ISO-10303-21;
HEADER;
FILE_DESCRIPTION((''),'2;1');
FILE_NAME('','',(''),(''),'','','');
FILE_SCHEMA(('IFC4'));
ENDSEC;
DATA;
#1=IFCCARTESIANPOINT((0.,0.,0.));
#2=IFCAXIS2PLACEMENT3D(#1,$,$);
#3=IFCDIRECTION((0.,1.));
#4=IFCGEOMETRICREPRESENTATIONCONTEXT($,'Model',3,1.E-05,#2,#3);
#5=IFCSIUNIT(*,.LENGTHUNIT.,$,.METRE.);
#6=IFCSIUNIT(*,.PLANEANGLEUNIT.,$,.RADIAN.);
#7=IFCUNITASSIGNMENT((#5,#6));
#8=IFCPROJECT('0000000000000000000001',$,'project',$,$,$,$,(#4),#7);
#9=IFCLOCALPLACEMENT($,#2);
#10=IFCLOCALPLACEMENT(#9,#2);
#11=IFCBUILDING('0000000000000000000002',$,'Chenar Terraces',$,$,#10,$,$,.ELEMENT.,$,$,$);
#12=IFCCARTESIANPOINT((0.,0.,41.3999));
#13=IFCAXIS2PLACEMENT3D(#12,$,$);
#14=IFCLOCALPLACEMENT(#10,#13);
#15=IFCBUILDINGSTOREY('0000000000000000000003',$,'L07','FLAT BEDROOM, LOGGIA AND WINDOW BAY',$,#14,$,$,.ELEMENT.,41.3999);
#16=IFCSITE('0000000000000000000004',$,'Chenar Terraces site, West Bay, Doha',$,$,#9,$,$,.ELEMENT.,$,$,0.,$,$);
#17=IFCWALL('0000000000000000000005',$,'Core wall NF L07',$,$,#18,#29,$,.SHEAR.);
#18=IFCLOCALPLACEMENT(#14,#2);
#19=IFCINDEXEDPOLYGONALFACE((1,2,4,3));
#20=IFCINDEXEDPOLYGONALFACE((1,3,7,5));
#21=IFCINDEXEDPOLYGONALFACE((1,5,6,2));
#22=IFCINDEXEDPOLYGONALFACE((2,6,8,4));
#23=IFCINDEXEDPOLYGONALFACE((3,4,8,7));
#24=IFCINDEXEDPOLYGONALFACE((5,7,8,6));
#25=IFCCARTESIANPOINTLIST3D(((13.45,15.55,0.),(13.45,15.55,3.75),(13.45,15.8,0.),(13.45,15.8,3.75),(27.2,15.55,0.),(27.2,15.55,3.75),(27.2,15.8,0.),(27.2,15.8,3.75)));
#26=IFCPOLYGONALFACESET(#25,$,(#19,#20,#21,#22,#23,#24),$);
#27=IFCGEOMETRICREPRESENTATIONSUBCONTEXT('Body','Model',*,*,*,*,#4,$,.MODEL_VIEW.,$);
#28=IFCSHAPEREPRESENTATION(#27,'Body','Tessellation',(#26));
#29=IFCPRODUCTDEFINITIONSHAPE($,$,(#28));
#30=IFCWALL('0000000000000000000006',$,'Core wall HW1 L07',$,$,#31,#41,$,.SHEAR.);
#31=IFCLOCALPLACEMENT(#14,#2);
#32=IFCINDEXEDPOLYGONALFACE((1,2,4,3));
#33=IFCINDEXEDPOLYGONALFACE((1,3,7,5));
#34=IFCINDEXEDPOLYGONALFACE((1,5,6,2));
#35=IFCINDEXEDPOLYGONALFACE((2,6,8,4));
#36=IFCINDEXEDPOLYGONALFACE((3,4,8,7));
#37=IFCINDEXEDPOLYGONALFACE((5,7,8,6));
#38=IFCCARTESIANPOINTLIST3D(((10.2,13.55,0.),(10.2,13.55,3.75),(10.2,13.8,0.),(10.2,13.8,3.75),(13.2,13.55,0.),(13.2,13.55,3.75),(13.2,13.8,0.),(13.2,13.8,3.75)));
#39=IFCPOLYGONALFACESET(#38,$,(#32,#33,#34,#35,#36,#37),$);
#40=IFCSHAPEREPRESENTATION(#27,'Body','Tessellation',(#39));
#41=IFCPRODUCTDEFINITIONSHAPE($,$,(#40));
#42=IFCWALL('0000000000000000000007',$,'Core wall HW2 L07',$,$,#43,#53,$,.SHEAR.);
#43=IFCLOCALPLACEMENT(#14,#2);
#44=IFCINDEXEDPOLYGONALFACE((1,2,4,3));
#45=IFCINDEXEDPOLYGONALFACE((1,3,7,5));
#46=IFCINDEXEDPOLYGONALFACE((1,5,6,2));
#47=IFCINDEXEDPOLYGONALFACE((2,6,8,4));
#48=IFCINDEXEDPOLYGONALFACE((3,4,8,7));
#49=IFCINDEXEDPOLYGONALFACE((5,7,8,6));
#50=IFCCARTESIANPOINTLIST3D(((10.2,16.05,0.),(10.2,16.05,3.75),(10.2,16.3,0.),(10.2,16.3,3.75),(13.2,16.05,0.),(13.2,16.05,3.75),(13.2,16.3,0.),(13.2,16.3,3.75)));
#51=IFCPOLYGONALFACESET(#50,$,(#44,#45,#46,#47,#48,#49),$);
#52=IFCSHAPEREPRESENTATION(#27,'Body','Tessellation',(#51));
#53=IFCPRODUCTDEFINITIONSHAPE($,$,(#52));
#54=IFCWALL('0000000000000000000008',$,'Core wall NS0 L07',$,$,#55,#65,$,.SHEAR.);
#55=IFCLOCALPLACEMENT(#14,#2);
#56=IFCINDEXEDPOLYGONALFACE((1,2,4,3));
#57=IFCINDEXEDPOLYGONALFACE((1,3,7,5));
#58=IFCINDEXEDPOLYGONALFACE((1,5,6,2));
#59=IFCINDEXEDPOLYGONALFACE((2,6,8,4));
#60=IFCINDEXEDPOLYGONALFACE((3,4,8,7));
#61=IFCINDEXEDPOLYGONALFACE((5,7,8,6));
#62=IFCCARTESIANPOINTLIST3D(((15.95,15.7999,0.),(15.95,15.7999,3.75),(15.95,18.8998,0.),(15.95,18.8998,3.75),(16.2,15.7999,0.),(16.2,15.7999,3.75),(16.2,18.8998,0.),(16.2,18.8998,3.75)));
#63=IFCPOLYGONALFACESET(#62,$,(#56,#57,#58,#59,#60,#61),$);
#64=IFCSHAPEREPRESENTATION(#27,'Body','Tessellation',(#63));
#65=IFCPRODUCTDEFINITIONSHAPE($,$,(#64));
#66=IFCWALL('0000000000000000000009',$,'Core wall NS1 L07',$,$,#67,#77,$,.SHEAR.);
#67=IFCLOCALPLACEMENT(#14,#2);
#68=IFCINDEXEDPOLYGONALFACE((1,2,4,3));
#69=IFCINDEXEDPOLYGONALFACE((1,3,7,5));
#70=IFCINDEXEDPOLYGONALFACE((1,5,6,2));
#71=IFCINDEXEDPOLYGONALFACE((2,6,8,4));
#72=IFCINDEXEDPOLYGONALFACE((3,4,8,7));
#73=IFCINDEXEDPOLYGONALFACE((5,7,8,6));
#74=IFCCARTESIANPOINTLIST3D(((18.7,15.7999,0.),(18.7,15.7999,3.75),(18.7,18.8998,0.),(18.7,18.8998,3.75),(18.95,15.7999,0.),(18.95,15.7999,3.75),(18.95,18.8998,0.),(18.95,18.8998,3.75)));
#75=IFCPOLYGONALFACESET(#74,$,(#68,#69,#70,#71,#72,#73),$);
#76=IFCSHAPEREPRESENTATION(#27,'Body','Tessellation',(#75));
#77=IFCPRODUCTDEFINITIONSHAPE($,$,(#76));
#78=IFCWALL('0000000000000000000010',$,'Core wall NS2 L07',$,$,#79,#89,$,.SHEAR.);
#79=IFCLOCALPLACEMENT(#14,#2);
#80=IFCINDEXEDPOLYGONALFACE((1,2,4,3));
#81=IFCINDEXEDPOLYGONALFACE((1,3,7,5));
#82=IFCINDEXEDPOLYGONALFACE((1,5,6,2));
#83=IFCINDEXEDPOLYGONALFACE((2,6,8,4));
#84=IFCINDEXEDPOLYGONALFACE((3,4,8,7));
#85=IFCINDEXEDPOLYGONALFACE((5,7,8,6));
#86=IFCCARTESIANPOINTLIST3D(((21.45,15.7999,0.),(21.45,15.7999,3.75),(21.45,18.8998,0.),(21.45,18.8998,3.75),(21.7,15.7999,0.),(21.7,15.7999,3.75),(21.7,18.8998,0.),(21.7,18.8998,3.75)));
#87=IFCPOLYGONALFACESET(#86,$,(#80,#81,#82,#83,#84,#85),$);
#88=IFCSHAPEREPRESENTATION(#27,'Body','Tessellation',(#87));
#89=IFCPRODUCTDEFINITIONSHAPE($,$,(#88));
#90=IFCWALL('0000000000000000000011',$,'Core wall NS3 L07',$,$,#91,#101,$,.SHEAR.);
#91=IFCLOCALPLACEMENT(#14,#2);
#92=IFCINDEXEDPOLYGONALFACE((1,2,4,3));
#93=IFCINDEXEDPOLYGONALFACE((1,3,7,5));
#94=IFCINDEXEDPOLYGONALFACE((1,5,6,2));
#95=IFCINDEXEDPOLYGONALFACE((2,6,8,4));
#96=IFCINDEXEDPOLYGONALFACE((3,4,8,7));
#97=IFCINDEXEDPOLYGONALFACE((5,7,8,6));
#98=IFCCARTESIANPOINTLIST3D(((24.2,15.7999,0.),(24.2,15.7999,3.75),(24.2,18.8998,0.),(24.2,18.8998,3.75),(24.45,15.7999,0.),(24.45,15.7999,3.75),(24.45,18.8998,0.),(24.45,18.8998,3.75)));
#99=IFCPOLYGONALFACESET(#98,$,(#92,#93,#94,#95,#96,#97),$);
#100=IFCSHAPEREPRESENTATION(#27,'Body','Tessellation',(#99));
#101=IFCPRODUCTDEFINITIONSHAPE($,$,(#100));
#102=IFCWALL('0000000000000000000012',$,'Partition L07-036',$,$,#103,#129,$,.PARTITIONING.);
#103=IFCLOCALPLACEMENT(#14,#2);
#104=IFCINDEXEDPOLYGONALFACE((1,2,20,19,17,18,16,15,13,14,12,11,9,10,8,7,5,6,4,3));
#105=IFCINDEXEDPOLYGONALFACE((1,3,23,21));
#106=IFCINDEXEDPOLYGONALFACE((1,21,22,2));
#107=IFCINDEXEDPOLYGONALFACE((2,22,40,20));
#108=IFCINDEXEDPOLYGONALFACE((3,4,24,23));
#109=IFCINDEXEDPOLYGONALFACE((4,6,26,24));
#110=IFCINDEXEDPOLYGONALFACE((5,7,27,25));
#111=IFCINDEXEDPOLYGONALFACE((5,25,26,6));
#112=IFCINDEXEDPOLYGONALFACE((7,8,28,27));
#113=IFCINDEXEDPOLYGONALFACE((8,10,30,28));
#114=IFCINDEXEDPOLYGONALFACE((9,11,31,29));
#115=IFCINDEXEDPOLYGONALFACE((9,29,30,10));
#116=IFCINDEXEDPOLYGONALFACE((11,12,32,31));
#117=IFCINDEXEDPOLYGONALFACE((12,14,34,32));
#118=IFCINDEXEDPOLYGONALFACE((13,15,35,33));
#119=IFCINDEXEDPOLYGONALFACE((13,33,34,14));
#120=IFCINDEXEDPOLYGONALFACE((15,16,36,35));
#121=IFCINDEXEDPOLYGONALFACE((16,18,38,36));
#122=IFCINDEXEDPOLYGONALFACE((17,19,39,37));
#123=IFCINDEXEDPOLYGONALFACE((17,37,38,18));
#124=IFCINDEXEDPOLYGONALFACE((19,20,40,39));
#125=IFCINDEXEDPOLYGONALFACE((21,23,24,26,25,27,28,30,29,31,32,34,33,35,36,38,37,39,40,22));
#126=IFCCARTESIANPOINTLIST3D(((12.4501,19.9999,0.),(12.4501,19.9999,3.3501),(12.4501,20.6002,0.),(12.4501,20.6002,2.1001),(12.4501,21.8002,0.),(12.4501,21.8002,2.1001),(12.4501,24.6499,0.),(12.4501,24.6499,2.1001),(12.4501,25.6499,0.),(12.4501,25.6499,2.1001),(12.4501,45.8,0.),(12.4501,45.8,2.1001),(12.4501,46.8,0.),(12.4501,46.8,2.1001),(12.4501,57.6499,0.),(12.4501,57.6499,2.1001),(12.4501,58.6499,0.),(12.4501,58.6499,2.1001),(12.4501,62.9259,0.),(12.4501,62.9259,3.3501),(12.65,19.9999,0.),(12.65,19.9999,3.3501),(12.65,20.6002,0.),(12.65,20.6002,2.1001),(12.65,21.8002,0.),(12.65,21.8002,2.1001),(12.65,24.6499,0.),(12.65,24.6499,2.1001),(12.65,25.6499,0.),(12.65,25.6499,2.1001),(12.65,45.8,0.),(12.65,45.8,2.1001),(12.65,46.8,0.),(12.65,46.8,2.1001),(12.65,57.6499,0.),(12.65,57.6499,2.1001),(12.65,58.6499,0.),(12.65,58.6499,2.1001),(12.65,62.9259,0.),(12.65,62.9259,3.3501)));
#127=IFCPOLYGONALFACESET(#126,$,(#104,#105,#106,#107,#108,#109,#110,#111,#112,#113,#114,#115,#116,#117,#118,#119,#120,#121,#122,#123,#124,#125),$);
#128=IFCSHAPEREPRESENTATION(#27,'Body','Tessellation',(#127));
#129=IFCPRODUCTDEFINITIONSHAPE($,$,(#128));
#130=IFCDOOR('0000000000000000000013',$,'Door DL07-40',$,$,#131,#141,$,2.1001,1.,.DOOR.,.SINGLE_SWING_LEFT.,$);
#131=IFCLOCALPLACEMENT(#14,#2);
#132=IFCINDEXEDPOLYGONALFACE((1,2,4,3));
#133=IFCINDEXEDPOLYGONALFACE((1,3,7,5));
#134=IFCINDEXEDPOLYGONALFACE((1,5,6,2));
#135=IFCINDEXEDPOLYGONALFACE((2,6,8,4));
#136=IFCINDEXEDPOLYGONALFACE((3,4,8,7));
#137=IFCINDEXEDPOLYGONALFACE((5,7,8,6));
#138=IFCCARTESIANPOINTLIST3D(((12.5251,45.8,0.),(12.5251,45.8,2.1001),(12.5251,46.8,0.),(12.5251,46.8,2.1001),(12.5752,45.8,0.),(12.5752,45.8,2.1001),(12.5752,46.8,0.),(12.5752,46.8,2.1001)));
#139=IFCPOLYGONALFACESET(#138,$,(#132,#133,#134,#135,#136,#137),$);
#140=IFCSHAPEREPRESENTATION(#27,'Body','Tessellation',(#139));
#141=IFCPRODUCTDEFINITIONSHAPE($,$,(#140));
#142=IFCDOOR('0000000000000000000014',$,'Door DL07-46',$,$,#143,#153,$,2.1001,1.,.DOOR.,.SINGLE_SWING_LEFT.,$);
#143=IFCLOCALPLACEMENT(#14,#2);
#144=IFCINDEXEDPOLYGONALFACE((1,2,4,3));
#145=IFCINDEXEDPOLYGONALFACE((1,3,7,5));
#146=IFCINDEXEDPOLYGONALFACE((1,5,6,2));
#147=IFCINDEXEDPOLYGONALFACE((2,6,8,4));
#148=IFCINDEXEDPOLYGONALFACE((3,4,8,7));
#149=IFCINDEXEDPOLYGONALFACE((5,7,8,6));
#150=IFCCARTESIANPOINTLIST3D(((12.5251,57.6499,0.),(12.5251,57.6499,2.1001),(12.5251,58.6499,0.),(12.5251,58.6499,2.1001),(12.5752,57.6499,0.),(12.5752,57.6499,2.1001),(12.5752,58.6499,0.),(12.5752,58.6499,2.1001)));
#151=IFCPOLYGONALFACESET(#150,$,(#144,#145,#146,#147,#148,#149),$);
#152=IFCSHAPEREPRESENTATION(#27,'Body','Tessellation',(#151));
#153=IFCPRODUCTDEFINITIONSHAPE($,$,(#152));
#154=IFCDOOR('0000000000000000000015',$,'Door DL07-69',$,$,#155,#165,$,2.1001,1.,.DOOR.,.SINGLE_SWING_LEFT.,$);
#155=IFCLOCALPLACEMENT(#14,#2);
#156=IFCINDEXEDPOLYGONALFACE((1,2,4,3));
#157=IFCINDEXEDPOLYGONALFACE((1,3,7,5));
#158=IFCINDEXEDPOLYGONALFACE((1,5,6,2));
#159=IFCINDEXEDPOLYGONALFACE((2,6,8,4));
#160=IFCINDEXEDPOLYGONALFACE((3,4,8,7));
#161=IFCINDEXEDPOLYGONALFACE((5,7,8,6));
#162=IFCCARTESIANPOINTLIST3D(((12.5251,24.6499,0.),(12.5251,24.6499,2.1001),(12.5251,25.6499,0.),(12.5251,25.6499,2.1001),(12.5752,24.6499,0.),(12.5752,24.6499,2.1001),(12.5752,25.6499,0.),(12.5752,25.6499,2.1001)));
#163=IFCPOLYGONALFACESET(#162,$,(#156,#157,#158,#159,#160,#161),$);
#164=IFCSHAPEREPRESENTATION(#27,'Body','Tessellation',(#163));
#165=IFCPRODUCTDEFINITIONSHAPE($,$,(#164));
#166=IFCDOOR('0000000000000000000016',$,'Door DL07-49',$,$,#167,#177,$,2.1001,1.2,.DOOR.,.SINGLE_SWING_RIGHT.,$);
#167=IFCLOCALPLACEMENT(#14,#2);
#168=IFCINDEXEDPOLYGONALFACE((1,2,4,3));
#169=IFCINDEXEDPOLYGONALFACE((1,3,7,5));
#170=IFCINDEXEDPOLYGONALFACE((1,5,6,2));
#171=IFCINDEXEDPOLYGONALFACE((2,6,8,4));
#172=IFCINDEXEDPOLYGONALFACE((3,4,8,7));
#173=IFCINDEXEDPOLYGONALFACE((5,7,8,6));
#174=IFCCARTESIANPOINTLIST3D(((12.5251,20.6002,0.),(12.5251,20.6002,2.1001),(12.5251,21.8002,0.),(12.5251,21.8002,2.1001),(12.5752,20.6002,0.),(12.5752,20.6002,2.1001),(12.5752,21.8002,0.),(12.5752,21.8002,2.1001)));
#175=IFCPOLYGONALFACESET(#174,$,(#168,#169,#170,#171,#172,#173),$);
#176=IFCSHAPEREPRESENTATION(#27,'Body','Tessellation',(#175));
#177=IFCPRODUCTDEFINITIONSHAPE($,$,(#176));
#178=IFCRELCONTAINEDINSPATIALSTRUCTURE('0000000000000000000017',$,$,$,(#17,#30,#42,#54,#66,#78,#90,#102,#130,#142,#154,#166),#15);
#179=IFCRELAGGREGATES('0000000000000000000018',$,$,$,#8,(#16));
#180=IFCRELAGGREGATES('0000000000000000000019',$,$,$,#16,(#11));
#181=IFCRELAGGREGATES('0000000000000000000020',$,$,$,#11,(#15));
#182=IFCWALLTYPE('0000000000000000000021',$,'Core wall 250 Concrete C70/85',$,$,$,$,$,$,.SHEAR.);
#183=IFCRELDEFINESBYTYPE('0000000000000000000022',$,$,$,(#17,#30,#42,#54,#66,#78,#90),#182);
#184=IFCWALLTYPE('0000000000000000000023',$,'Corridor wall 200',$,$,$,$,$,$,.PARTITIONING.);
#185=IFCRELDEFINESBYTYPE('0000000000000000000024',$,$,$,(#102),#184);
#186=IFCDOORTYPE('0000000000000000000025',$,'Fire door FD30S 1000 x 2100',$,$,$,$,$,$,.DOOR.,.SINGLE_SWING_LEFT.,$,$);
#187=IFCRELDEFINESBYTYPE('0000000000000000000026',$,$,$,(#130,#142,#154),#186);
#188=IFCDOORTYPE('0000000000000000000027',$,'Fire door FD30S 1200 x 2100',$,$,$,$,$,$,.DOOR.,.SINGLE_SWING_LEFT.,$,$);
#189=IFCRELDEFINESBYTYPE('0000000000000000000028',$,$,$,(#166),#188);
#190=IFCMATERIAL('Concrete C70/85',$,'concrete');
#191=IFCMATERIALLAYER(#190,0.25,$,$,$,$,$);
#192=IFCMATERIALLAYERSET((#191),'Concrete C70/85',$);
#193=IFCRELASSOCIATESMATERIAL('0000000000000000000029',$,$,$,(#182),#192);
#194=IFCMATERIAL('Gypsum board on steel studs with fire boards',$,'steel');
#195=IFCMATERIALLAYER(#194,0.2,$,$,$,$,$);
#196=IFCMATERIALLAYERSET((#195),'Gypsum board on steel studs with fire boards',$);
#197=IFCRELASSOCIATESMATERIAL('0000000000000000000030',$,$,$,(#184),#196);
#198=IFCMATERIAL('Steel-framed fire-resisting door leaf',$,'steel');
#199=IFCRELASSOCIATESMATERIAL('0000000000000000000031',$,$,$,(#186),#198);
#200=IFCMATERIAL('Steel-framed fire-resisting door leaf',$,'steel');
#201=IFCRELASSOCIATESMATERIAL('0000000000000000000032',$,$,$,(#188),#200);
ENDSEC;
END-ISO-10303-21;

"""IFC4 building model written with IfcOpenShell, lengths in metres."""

from ifc_helpers import new_model, si_unit, direction, frame, frame_2d, origin, place, context, subcontext, project, spatial, rectangle, extrude, material, layer, layer_set, type_object, element, fill, save


model = new_model("IFC4")

# Units and contexts
model_context = context("Model", 3, precision=1e-05, world=origin(), true_north=direction((0.0, 1.0)))
body_context = subcontext(model_context, "Body", "Model", "MODEL_VIEW")
ifc_project = project(units=[si_unit("LENGTHUNIT", "METRE"), si_unit("PLANEANGLEUNIT", "RADIAN")], contexts=[model_context])

# Site, building, storey
site_placement = place(None, origin())
site = spatial("IfcSite", under=ifc_project, at=site_placement, Name="Chenar Terraces site, West Bay, Doha", CompositionType="ELEMENT", RefElevation=0.0)
building_placement = place(site_placement, origin())
building = spatial("IfcBuilding", under=site, at=building_placement, Name="Chenar Terraces", CompositionType="ELEMENT")
storey_placement = place(building_placement, frame((0.0, 0.0, 41.3999)))
storey = spatial("IfcBuildingStorey", under=building, at=storey_placement, Name="L07", Description="FLAT BEDROOM, LOGGIA AND WINDOW BAY", CompositionType="ELEMENT", Elevation=41.3999)

# Walls
ifc_material_1 = material(Name="Concrete C70/85", Category="concrete")
ifc_layer_1 = layer(ifc_material_1, 0.25)
ifc_layer_set_1 = layer_set([ifc_layer_1], Name="Concrete C70/85")
wall_type_1 = type_object("IfcWallType", Name="Core wall 250 Concrete C70/85", PredefinedType="SHEAR", material=ifc_layer_set_1)
wall_1_placement = place(storey_placement, frame((13.45, 15.675, 0.0), z_axis=(0.0, 0.0, 1.0), x_axis=(1.0, 0.0, 0.0)))
element("IfcWall", 1, at=wall_1_placement, inside=storey, type_object=wall_type_1, Name="Core wall NF L07", PredefinedType="SHEAR", context=body_context, shape_type="SweptSolid", body=[
    extrude(rectangle(XDim=13.75, YDim=0.25, at=frame_2d((6.875, 0.0))), origin(), (0.0, 0.0, 1.0), 3.75),
])
for number, where, z_axis, x_axis, name in (
    (2, (10.2, 13.675, 0.0), (0.0, 0.0, 1.0), (1.0, 0.0, 0.0), "Core wall HW1 L07"),
    (3, (10.2, 16.175, 0.0), (0.0, 0.0, 1.0), (1.0, 0.0, 0.0), "Core wall HW2 L07"),
):
    element("IfcWall", number, at=place(storey_placement, frame(where, z_axis=z_axis, x_axis=x_axis)), inside=storey, type_object=wall_type_1, Name=name, PredefinedType="SHEAR", context=body_context, shape_type="SweptSolid", body=[
        extrude(rectangle(XDim=3.0, YDim=0.25, at=frame_2d((1.5, 0.0))), origin(), (0.0, 0.0, 1.0), 3.75),
    ])
for number, where, z_axis, x_axis, name in (
    (4, (16.075, 15.8, 0.0), (0.0, 0.0, 1.0), (0.0, 1.0, 0.0), "Core wall NS0 L07"),
    (5, (18.825, 15.8, 0.0), (0.0, 0.0, 1.0), (0.0, 1.0, 0.0), "Core wall NS1 L07"),
    (6, (21.575, 15.8, 0.0), (0.0, 0.0, 1.0), (0.0, 1.0, 0.0), "Core wall NS2 L07"),
    (7, (24.325, 15.8, 0.0), (0.0, 0.0, 1.0), (0.0, 1.0, 0.0), "Core wall NS3 L07"),
):
    element("IfcWall", number, at=place(storey_placement, frame(where, z_axis=z_axis, x_axis=x_axis)), inside=storey, type_object=wall_type_1, Name=name, PredefinedType="SHEAR", context=body_context, shape_type="SweptSolid", body=[
        extrude(rectangle(XDim=3.0999, YDim=0.25, at=frame_2d((1.5498, 0.0))), origin(), (0.0, 0.0, 1.0), 3.75),
    ])

# Wall, openings, doors
ifc_material_2 = material(Name="Gypsum board on steel studs with fire boards", Category="steel")
ifc_layer_2 = layer(ifc_material_2, 0.2)
ifc_layer_set_2 = layer_set([ifc_layer_2], Name="Gypsum board on steel studs with fire boards")
wall_type_2 = type_object("IfcWallType", Name="Corridor wall 200", PredefinedType="PARTITIONING", material=ifc_layer_set_2)
wall_2_placement = place(storey_placement, frame((12.55, 20.0, 0.0), z_axis=(0.0, 0.0, 1.0), x_axis=(0.0, 1.0, 0.0)))
wall_2 = element("IfcWall", 8, at=wall_2_placement, inside=storey, type_object=wall_type_2, Name="Partition L07-036", PredefinedType="PARTITIONING", context=body_context, shape_type="SweptSolid", body=[
    extrude(rectangle(XDim=42.926, YDim=0.2, at=frame_2d((21.4629, 0.0))), origin(), (0.0, 0.0, 1.0), 3.3501),
])
opening_1_placement = place(wall_2_placement, frame((25.8, 0.0, 0.0)))
opening_1 = element("IfcOpeningElement", 9, at=opening_1_placement, cuts=wall_2, PredefinedType="OPENING", context=body_context, shape_type="SweptSolid", body=[
    extrude(rectangle(XDim=1.0, YDim=2.1001, at=frame_2d((0.5, 1.05))), frame((0.0, 0.1099, 0.0), z_axis=(0.0, -1.0, 0.0), x_axis=(1.0, 0.0, 0.0)), (0.0, 0.0, 1.0), 0.22),
])
opening_2_placement = place(wall_2_placement, frame((37.6499, 0.0, 0.0)))
opening_2 = element("IfcOpeningElement", 10, at=opening_2_placement, cuts=wall_2, PredefinedType="OPENING", context=body_context, shape_type="SweptSolid", body=[
    extrude(rectangle(XDim=1.0, YDim=2.1001, at=frame_2d((0.5, 1.05))), frame((0.0, 0.1099, 0.0), z_axis=(0.0, -1.0, 0.0), x_axis=(1.0, 0.0, 0.0)), (0.0, 0.0, 1.0), 0.22),
])
opening_3_placement = place(wall_2_placement, frame((0.6001, 0.0, 0.0)))
opening_3 = element("IfcOpeningElement", 11, at=opening_3_placement, cuts=wall_2, PredefinedType="OPENING", context=body_context, shape_type="SweptSolid", body=[
    extrude(rectangle(XDim=1.2, YDim=2.1001, at=frame_2d((0.6001, 1.05))), frame((0.0, 0.1099, 0.0), z_axis=(0.0, -1.0, 0.0), x_axis=(1.0, 0.0, 0.0)), (0.0, 0.0, 1.0), 0.22),
])
opening_4_placement = place(wall_2_placement, frame((4.6499, 0.0, 0.0)))
opening_4 = element("IfcOpeningElement", 12, at=opening_4_placement, cuts=wall_2, PredefinedType="OPENING", context=body_context, shape_type="SweptSolid", body=[
    extrude(rectangle(XDim=1.0, YDim=2.1001, at=frame_2d((0.5, 1.05))), frame((0.0, 0.1099, 0.0), z_axis=(0.0, -1.0, 0.0), x_axis=(1.0, 0.0, 0.0)), (0.0, 0.0, 1.0), 0.22),
])
ifc_material_3 = material(Name="Steel-framed fire-resisting door leaf", Category="steel")
door_type_1 = type_object("IfcDoorType", Name="Fire door FD30S 1000 x 2100", OperationType="SINGLE_SWING_LEFT", PredefinedType="DOOR", material=ifc_material_3)
door_1_placement = place(opening_1_placement, origin())
door_1 = element("IfcDoor", 13, at=door_1_placement, inside=storey, type_object=door_type_1, Name="Door DL07-40", OperationType="SINGLE_SWING_LEFT", OverallHeight=2.1001, OverallWidth=1.0, PredefinedType="DOOR", context=body_context, shape_type="SweptSolid", body=[
    extrude(rectangle(XDim=1.0, YDim=2.1001, at=frame_2d((0.5, 1.05))), frame((0.0, 0.0249, 0.0), z_axis=(0.0, -1.0, 0.0), x_axis=(1.0, 0.0, 0.0)), (0.0, 0.0, 1.0), 0.05),
])
fill(opening_1, door_1)
door_2_placement = place(opening_2_placement, origin())
door_2 = element("IfcDoor", 14, at=door_2_placement, inside=storey, type_object=door_type_1, Name="Door DL07-46", OperationType="SINGLE_SWING_LEFT", OverallHeight=2.1001, OverallWidth=1.0, PredefinedType="DOOR", context=body_context, shape_type="SweptSolid", body=[
    extrude(rectangle(XDim=1.0, YDim=2.1001, at=frame_2d((0.5, 1.05))), frame((0.0, 0.0249, 0.0), z_axis=(0.0, -1.0, 0.0), x_axis=(1.0, 0.0, 0.0)), (0.0, 0.0, 1.0), 0.05),
])
fill(opening_2, door_2)
door_3_placement = place(opening_4_placement, origin())
door_3 = element("IfcDoor", 15, at=door_3_placement, inside=storey, type_object=door_type_1, Name="Door DL07-69", OperationType="SINGLE_SWING_LEFT", OverallHeight=2.1001, OverallWidth=1.0, PredefinedType="DOOR", context=body_context, shape_type="SweptSolid", body=[
    extrude(rectangle(XDim=1.0, YDim=2.1001, at=frame_2d((0.5, 1.05))), frame((0.0, 0.0249, 0.0), z_axis=(0.0, -1.0, 0.0), x_axis=(1.0, 0.0, 0.0)), (0.0, 0.0, 1.0), 0.05),
])
fill(opening_4, door_3)
ifc_material_4 = material(Name="Steel-framed fire-resisting door leaf", Category="steel")
door_type_2 = type_object("IfcDoorType", Name="Fire door FD30S 1200 x 2100", OperationType="SINGLE_SWING_LEFT", PredefinedType="DOOR", material=ifc_material_4)
door_4_placement = place(opening_3_placement, origin())
door_4 = element("IfcDoor", 16, at=door_4_placement, inside=storey, type_object=door_type_2, Name="Door DL07-49", OperationType="SINGLE_SWING_RIGHT", OverallHeight=2.1001, OverallWidth=1.2, PredefinedType="DOOR", context=body_context, shape_type="SweptSolid", body=[
    extrude(rectangle(XDim=1.2, YDim=2.1001, at=frame_2d((0.6001, 1.05))), frame((0.0, 0.0249, 0.0), z_axis=(0.0, -1.0, 0.0), x_axis=(1.0, 0.0, 0.0)), (0.0, 0.0, 1.0), 0.05),
])
fill(opening_3, door_4)

save(model, "model.ifc")
